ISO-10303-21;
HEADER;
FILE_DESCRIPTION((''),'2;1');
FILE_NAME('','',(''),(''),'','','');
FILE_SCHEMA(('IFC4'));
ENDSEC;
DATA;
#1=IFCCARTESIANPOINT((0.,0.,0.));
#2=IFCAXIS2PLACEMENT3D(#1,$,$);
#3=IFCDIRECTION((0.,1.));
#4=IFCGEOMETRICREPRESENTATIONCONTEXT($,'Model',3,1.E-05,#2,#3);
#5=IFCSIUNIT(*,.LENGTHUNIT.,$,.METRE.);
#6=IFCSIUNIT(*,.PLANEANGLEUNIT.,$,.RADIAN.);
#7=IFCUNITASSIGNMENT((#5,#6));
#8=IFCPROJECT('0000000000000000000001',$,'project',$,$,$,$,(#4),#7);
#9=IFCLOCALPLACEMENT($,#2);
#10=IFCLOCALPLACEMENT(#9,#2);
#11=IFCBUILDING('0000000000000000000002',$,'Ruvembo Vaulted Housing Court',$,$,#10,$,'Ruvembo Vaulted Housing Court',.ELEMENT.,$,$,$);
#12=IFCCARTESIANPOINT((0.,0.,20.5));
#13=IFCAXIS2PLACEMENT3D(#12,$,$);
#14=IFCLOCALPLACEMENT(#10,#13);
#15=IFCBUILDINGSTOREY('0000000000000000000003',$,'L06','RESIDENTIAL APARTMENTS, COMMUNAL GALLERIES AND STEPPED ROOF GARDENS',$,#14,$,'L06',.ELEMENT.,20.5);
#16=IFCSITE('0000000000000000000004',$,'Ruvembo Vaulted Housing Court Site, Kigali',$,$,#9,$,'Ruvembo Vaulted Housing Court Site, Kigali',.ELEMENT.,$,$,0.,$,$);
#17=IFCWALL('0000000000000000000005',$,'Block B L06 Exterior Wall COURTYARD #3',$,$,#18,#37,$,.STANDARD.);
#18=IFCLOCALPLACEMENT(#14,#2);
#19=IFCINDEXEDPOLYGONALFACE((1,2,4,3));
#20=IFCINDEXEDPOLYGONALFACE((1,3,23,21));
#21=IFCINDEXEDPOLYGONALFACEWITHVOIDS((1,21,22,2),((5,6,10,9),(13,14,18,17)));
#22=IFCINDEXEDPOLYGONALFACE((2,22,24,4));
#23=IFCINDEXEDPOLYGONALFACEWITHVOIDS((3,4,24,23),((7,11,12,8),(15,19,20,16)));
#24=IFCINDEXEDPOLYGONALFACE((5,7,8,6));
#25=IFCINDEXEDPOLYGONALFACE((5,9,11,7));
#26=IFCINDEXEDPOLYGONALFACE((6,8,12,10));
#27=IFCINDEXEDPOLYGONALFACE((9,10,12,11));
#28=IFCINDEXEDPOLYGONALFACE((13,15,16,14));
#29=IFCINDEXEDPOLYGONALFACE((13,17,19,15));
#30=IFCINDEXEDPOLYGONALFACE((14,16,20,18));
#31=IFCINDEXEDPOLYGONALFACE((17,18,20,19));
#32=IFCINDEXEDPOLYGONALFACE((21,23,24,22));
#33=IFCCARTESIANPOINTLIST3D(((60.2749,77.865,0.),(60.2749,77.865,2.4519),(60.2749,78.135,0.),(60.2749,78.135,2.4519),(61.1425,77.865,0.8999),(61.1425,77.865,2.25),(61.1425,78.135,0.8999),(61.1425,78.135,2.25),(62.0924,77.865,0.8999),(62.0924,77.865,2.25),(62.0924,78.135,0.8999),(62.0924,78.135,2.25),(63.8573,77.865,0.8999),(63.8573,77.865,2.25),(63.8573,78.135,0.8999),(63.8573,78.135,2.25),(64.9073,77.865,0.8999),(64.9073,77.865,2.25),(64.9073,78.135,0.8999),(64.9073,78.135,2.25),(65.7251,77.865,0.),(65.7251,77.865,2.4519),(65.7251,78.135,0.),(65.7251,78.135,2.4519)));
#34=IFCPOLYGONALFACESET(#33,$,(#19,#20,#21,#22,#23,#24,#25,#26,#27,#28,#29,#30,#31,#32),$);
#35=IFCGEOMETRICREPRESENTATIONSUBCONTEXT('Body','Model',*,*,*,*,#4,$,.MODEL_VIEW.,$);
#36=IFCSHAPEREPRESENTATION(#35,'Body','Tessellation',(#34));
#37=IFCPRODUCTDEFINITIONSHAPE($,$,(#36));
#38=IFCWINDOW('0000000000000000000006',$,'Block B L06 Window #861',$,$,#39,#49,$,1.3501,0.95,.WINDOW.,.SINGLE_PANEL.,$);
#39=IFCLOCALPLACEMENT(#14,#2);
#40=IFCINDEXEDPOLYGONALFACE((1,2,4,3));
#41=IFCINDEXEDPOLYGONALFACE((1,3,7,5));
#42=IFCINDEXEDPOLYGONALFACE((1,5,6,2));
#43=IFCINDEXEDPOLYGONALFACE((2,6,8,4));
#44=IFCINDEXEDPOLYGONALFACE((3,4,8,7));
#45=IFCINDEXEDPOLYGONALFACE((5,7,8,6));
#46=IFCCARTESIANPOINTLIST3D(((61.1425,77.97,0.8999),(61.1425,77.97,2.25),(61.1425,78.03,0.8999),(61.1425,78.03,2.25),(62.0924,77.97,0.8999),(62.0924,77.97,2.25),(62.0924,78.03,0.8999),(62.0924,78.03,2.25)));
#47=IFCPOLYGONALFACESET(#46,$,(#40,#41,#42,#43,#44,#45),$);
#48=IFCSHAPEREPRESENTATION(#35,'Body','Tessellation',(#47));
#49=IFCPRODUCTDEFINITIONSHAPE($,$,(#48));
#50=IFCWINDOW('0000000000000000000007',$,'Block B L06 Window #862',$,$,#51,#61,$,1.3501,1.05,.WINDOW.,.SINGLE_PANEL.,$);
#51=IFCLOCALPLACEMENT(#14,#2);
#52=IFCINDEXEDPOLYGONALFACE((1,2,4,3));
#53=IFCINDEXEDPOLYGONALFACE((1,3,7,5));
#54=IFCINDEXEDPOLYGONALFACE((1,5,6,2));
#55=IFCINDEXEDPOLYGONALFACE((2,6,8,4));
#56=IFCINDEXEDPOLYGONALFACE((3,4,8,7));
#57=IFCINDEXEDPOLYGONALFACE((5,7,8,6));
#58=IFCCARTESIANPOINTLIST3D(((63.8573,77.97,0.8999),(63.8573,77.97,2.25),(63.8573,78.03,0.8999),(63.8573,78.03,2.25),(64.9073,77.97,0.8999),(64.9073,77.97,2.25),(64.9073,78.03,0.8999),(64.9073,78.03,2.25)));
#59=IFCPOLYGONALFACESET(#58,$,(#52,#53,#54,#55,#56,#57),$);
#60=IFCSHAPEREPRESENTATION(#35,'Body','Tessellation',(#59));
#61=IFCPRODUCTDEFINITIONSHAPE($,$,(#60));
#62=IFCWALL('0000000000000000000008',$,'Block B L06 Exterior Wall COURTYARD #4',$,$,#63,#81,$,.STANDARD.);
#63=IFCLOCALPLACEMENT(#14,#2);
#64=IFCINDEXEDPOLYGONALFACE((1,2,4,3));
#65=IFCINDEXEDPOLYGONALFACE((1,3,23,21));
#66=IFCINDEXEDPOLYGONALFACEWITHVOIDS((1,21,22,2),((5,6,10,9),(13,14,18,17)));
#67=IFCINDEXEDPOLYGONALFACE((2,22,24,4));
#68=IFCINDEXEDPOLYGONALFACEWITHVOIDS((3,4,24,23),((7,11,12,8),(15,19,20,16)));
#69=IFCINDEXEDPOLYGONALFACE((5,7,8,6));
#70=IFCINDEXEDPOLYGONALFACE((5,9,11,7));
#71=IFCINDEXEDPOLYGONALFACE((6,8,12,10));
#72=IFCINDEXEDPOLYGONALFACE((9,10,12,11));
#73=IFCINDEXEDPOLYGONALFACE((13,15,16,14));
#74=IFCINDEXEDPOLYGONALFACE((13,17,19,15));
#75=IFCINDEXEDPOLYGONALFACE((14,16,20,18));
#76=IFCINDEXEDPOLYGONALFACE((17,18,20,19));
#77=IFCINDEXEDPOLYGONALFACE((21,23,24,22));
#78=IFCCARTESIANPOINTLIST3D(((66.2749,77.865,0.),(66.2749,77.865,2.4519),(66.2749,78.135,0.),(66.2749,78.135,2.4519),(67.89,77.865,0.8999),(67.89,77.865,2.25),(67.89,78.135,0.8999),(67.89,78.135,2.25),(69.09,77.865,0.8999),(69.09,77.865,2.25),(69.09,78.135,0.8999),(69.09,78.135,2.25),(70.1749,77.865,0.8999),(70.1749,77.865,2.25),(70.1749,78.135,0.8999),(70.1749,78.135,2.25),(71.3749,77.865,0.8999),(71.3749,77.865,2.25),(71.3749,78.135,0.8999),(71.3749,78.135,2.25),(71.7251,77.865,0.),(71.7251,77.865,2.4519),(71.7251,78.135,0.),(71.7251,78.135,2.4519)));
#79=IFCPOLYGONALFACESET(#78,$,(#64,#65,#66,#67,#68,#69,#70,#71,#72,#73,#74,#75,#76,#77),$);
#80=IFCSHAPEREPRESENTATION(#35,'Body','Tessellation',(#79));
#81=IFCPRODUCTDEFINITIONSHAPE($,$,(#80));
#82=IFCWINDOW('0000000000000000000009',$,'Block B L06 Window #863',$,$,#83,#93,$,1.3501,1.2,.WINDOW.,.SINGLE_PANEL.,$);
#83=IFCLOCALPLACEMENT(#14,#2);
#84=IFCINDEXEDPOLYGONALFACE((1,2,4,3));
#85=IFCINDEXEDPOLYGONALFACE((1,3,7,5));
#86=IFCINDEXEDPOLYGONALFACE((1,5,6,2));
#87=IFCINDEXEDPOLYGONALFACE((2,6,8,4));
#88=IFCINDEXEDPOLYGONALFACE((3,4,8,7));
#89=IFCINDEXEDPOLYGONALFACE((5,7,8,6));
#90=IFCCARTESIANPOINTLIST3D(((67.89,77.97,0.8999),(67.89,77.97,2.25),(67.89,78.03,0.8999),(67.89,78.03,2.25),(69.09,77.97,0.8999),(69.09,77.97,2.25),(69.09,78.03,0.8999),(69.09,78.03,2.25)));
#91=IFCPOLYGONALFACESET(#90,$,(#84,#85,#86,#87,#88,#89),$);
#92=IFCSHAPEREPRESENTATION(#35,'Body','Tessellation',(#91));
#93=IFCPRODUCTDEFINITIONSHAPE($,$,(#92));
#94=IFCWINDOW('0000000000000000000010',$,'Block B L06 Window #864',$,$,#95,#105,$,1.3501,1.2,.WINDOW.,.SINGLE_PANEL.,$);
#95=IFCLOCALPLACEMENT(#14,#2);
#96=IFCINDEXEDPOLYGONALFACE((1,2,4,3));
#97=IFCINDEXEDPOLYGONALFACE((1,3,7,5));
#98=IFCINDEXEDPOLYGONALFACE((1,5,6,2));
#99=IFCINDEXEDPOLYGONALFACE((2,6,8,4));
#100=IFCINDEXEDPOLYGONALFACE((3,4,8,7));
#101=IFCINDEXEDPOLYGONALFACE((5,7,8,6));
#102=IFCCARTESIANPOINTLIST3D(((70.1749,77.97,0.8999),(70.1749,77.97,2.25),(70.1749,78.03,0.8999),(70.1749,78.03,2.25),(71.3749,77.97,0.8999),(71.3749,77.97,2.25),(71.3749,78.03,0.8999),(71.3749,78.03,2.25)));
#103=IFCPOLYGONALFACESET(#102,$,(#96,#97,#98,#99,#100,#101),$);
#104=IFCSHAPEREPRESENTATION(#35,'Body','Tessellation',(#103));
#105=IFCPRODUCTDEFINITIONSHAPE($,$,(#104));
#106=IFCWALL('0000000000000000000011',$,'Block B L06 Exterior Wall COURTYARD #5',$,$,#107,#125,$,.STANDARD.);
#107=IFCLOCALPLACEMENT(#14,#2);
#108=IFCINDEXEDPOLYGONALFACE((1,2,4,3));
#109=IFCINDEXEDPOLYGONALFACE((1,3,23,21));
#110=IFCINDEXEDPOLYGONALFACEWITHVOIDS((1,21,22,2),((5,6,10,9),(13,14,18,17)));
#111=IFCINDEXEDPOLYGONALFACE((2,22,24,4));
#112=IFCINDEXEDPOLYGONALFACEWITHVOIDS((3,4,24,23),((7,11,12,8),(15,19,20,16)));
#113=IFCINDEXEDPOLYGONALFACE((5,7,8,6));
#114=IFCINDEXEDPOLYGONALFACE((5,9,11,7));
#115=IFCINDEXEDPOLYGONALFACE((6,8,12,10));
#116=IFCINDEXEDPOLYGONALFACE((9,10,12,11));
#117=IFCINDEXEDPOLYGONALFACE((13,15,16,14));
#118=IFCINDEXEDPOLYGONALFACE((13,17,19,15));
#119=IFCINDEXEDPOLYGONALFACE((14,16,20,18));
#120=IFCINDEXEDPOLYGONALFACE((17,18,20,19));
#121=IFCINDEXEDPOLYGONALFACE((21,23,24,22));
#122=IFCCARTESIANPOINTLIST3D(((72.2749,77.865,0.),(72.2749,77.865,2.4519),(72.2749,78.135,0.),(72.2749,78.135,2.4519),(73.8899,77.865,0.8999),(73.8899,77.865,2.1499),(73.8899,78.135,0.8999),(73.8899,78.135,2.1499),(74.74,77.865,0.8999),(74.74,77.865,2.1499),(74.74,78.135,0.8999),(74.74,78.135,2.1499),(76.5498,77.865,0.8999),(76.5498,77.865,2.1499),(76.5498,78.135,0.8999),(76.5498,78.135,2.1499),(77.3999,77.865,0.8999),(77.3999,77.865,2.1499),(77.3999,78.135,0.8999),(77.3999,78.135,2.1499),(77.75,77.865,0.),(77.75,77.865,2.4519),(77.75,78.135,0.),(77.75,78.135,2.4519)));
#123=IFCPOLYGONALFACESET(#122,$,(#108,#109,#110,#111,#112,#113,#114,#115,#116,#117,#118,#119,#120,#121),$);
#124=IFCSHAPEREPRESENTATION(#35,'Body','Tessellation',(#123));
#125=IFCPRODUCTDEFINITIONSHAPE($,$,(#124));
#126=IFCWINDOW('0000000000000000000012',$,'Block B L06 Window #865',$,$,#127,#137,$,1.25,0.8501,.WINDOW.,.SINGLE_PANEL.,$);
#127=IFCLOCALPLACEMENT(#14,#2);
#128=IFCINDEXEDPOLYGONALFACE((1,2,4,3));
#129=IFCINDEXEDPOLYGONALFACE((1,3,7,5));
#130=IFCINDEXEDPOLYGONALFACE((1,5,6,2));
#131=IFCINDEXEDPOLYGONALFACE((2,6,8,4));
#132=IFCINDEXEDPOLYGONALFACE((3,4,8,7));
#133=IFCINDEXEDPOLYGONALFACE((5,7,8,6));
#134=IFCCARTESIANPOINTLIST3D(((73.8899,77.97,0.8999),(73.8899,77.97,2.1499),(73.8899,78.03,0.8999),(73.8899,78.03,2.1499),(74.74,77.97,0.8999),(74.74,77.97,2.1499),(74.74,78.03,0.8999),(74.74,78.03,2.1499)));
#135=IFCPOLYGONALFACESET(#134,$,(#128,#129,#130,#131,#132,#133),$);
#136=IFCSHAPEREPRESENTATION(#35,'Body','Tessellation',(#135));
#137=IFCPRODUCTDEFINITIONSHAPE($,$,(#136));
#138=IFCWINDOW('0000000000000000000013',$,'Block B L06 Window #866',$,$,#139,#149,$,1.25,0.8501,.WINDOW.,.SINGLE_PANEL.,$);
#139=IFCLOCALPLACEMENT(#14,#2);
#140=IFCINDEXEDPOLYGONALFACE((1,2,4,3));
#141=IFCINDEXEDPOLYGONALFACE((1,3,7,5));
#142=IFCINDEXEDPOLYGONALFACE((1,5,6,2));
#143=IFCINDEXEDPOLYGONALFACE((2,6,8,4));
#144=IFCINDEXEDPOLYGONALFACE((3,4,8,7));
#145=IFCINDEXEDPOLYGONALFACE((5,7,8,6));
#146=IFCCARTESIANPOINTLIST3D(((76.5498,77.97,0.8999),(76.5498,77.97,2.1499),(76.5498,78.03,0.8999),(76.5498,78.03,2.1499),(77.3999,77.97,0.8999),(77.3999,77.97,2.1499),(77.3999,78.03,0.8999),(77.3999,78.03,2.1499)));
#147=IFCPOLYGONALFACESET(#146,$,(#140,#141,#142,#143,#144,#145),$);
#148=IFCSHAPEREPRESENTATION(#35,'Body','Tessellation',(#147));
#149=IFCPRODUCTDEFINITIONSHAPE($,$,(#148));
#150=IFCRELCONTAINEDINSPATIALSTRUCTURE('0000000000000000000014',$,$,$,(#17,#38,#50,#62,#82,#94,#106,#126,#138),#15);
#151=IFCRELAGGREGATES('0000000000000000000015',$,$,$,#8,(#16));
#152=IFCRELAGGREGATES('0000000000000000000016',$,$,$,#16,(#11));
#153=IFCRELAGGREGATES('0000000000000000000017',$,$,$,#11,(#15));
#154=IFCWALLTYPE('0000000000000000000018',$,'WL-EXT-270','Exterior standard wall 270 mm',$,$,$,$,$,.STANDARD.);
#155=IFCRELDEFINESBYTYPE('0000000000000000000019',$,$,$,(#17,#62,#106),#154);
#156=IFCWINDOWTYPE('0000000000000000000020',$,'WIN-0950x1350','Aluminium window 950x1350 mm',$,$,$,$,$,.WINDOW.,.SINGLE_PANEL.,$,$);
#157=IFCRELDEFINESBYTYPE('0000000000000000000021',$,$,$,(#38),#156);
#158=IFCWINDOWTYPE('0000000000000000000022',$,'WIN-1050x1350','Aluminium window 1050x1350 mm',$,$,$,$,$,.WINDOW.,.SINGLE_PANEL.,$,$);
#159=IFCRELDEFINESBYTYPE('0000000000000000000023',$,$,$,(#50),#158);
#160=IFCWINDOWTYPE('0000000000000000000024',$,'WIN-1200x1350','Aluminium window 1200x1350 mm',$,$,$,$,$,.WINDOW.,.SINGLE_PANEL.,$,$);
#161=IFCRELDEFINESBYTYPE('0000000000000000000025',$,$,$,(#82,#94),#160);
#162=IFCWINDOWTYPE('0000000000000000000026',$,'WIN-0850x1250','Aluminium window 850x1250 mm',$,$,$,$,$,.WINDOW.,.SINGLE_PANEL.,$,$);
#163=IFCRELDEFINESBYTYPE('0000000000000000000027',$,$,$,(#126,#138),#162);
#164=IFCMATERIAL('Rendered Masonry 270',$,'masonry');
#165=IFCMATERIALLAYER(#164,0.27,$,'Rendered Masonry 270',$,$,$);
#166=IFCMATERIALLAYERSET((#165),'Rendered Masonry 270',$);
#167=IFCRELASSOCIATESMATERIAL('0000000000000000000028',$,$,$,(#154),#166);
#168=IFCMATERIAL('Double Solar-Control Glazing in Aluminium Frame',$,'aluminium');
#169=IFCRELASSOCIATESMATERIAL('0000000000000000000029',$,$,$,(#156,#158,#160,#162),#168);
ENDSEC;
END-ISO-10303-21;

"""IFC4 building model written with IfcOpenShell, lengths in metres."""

from ifc_helpers import new_model, si_unit, direction, frame, frame_2d, origin, place, context, subcontext, project, spatial, rectangle, extrude, material, layer, layer_set, type_object, element, fill, save


model = new_model("IFC4")

# Units and contexts
model_context = context("Model", 3, precision=1e-05, world=origin(), true_north=direction((0.0, 1.0)))
body_context = subcontext(model_context, "Body", "Model", "MODEL_VIEW")
ifc_project = project(units=[si_unit("LENGTHUNIT", "METRE"), si_unit("PLANEANGLEUNIT", "RADIAN")], contexts=[model_context])

# Site, building, storey
site_placement = place(None, origin())
site = spatial("IfcSite", under=ifc_project, at=site_placement, Name="Ruvembo Vaulted Housing Court Site, Kigali", LongName="Ruvembo Vaulted Housing Court Site, Kigali", CompositionType="ELEMENT", RefElevation=0.0)
building_placement = place(site_placement, origin())
building = spatial("IfcBuilding", under=site, at=building_placement, Name="Ruvembo Vaulted Housing Court", LongName="Ruvembo Vaulted Housing Court", CompositionType="ELEMENT")
storey_placement = place(building_placement, frame((0.0, 0.0, 20.5)))
storey = spatial("IfcBuildingStorey", under=building, at=storey_placement, Name="L06", Description="RESIDENTIAL APARTMENTS, COMMUNAL GALLERIES AND STEPPED ROOF GARDENS", LongName="L06", CompositionType="ELEMENT", Elevation=20.5)

# Walls, openings, windows
ifc_material_1 = material(Name="Rendered Masonry 270", Category="masonry")
ifc_layer_1 = layer(ifc_material_1, 0.27, Name="Rendered Masonry 270")
ifc_layer_set_1 = layer_set([ifc_layer_1], Name="Rendered Masonry 270")
wall_type_1 = type_object("IfcWallType", Name="WL-EXT-270", Description="Exterior standard wall 270 mm", PredefinedType="STANDARD", material=ifc_layer_set_1)
wall_1_placement = place(storey_placement, frame((60.2749, 78.0, 0.0), z_axis=(0.0, 0.0, 1.0), x_axis=(1.0, 0.0, 0.0)))
wall_1 = element("IfcWall", 1, at=wall_1_placement, inside=storey, type_object=wall_type_1, Name="Block B L06 Exterior Wall COURTYARD #3", PredefinedType="STANDARD", context=body_context, shape_type="SweptSolid", body=[
    extrude(rectangle(XDim=5.4502, YDim=0.27, at=frame_2d((2.7251, 0.0))), origin(), (0.0, 0.0, 1.0), 2.4519),
])
opening_1_placement = place(wall_1_placement, frame((0.8674, 0.0, 0.8999)))
opening_1 = element("IfcOpeningElement", 2, at=opening_1_placement, cuts=wall_1, PredefinedType="OPENING", context=body_context, shape_type="SweptSolid", body=[
    extrude(rectangle(XDim=0.95, YDim=1.3501, at=frame_2d((0.4751, 0.675))), frame((0.0, 0.145, 0.0), z_axis=(0.0, -1.0, 0.0), x_axis=(1.0, 0.0, 0.0)), (0.0, 0.0, 1.0), 0.29),
])
opening_2_placement = place(wall_1_placement, frame((3.5825, 0.0, 0.8999)))
opening_2 = element("IfcOpeningElement", 3, at=opening_2_placement, cuts=wall_1, PredefinedType="OPENING", context=body_context, shape_type="SweptSolid", body=[
    extrude(rectangle(XDim=1.05, YDim=1.3501, at=frame_2d((0.5249, 0.675))), frame((0.0, 0.145, 0.0), z_axis=(0.0, -1.0, 0.0), x_axis=(1.0, 0.0, 0.0)), (0.0, 0.0, 1.0), 0.29),
])
ifc_material_2 = material(Name="Double Solar-Control Glazing in Aluminium Frame", Category="aluminium")
window_type_1 = type_object("IfcWindowType", Name="WIN-0950x1350", Description="Aluminium window 950x1350 mm", PartitioningType="SINGLE_PANEL", PredefinedType="WINDOW", material=ifc_material_2)
window_1_placement = place(opening_1_placement, origin())
window_1 = element("IfcWindow", 4, at=window_1_placement, inside=storey, type_object=window_type_1, Name="Block B L06 Window #861", OverallHeight=1.3501, OverallWidth=0.95, PartitioningType="SINGLE_PANEL", PredefinedType="WINDOW", context=body_context, shape_type="SweptSolid", body=[
    extrude(rectangle(XDim=0.95, YDim=1.3501, at=frame_2d((0.4751, 0.675))), frame((0.0, 0.03, 0.0), z_axis=(0.0, -1.0, 0.0), x_axis=(1.0, 0.0, 0.0)), (0.0, 0.0, 1.0), 0.0601),
])
fill(opening_1, window_1)
window_type_2 = type_object("IfcWindowType", Name="WIN-1050x1350", Description="Aluminium window 1050x1350 mm", PartitioningType="SINGLE_PANEL", PredefinedType="WINDOW", material=ifc_material_2)
window_2_placement = place(opening_2_placement, origin())
window_2 = element("IfcWindow", 5, at=window_2_placement, inside=storey, type_object=window_type_2, Name="Block B L06 Window #862", OverallHeight=1.3501, OverallWidth=1.05, PartitioningType="SINGLE_PANEL", PredefinedType="WINDOW", context=body_context, shape_type="SweptSolid", body=[
    extrude(rectangle(XDim=1.05, YDim=1.3501, at=frame_2d((0.5249, 0.675))), frame((0.0, 0.03, 0.0), z_axis=(0.0, -1.0, 0.0), x_axis=(1.0, 0.0, 0.0)), (0.0, 0.0, 1.0), 0.0601),
])
fill(opening_2, window_2)
wall_2_placement = place(storey_placement, frame((66.2749, 78.0, 0.0), z_axis=(0.0, 0.0, 1.0), x_axis=(1.0, 0.0, 0.0)))
wall_2 = element("IfcWall", 6, at=wall_2_placement, inside=storey, type_object=wall_type_1, Name="Block B L06 Exterior Wall COURTYARD #4", PredefinedType="STANDARD", context=body_context, shape_type="SweptSolid", body=[
    extrude(rectangle(XDim=5.4502, YDim=0.27, at=frame_2d((2.7251, 0.0))), origin(), (0.0, 0.0, 1.0), 2.4519),
])
opening_3_placement = place(wall_2_placement, frame((1.615, 0.0, 0.8999)))
opening_3 = element("IfcOpeningElement", 7, at=opening_3_placement, cuts=wall_2, PredefinedType="OPENING", context=body_context, shape_type="SweptSolid", body=[
    extrude(rectangle(XDim=1.2, YDim=1.3501, at=frame_2d((0.6001, 0.675))), frame((0.0, 0.145, 0.0), z_axis=(0.0, -1.0, 0.0), x_axis=(1.0, 0.0, 0.0)), (0.0, 0.0, 1.0), 0.29),
])
opening_4_placement = place(wall_2_placement, frame((3.8999, 0.0, 0.8999)))
opening_4 = element("IfcOpeningElement", 8, at=opening_4_placement, cuts=wall_2, PredefinedType="OPENING", context=body_context, shape_type="SweptSolid", body=[
    extrude(rectangle(XDim=1.2, YDim=1.3501, at=frame_2d((0.6001, 0.675))), frame((0.0, 0.145, 0.0), z_axis=(0.0, -1.0, 0.0), x_axis=(1.0, 0.0, 0.0)), (0.0, 0.0, 1.0), 0.29),
])
window_type_3 = type_object("IfcWindowType", Name="WIN-1200x1350", Description="Aluminium window 1200x1350 mm", PartitioningType="SINGLE_PANEL", PredefinedType="WINDOW", material=ifc_material_2)
window_3_placement = place(opening_3_placement, origin())
window_3 = element("IfcWindow", 9, at=window_3_placement, inside=storey, type_object=window_type_3, Name="Block B L06 Window #863", OverallHeight=1.3501, OverallWidth=1.2, PartitioningType="SINGLE_PANEL", PredefinedType="WINDOW", context=body_context, shape_type="SweptSolid", body=[
    extrude(rectangle(XDim=1.2, YDim=1.3501, at=frame_2d((0.6001, 0.675))), frame((0.0, 0.03, 0.0), z_axis=(0.0, -1.0, 0.0), x_axis=(1.0, 0.0, 0.0)), (0.0, 0.0, 1.0), 0.0601),
])
fill(opening_3, window_3)
window_4_placement = place(opening_4_placement, origin())
window_4 = element("IfcWindow", 10, at=window_4_placement, inside=storey, type_object=window_type_3, Name="Block B L06 Window #864", OverallHeight=1.3501, OverallWidth=1.2, PartitioningType="SINGLE_PANEL", PredefinedType="WINDOW", context=body_context, shape_type="SweptSolid", body=[
    extrude(rectangle(XDim=1.2, YDim=1.3501, at=frame_2d((0.6001, 0.675))), frame((0.0, 0.03, 0.0), z_axis=(0.0, -1.0, 0.0), x_axis=(1.0, 0.0, 0.0)), (0.0, 0.0, 1.0), 0.0601),
])
fill(opening_4, window_4)
wall_3_placement = place(storey_placement, frame((72.2749, 78.0, 0.0), z_axis=(0.0, 0.0, 1.0), x_axis=(1.0, 0.0, 0.0)))
wall_3 = element("IfcWall", 11, at=wall_3_placement, inside=storey, type_object=wall_type_1, Name="Block B L06 Exterior Wall COURTYARD #5", PredefinedType="STANDARD", context=body_context, shape_type="SweptSolid", body=[
    extrude(rectangle(XDim=5.4751, YDim=0.27, at=frame_2d((2.7375, 0.0))), origin(), (0.0, 0.0, 1.0), 2.4519),
])
opening_5_placement = place(wall_3_placement, frame((1.615, 0.0, 0.8999)))
opening_5 = element("IfcOpeningElement", 12, at=opening_5_placement, cuts=wall_3, PredefinedType="OPENING", context=body_context, shape_type="SweptSolid", body=[
    extrude(rectangle(XDim=0.8501, YDim=1.25, at=frame_2d((0.425, 0.625))), frame((0.0, 0.145, 0.0), z_axis=(0.0, -1.0, 0.0), x_axis=(1.0, 0.0, 0.0)), (0.0, 0.0, 1.0), 0.29),
])
opening_6_placement = place(wall_3_placement, frame((4.2749, 0.0, 0.8999)))
opening_6 = element("IfcOpeningElement", 13, at=opening_6_placement, cuts=wall_3, PredefinedType="OPENING", context=body_context, shape_type="SweptSolid", body=[
    extrude(rectangle(XDim=0.8501, YDim=1.25, at=frame_2d((0.425, 0.625))), frame((0.0, 0.145, 0.0), z_axis=(0.0, -1.0, 0.0), x_axis=(1.0, 0.0, 0.0)), (0.0, 0.0, 1.0), 0.29),
])
window_type_4 = type_object("IfcWindowType", Name="WIN-0850x1250", Description="Aluminium window 850x1250 mm", PartitioningType="SINGLE_PANEL", PredefinedType="WINDOW", material=ifc_material_2)
window_5_placement = place(opening_5_placement, origin())
window_5 = element("IfcWindow", 14, at=window_5_placement, inside=storey, type_object=window_type_4, Name="Block B L06 Window #865", OverallHeight=1.25, OverallWidth=0.8501, PartitioningType="SINGLE_PANEL", PredefinedType="WINDOW", context=body_context, shape_type="SweptSolid", body=[
    extrude(rectangle(XDim=0.8501, YDim=1.25, at=frame_2d((0.425, 0.625))), frame((0.0, 0.03, 0.0), z_axis=(0.0, -1.0, 0.0), x_axis=(1.0, 0.0, 0.0)), (0.0, 0.0, 1.0), 0.0601),
])
fill(opening_5, window_5)
window_6_placement = place(opening_6_placement, origin())
window_6 = element("IfcWindow", 15, at=window_6_placement, inside=storey, type_object=window_type_4, Name="Block B L06 Window #866", OverallHeight=1.25, OverallWidth=0.8501, PartitioningType="SINGLE_PANEL", PredefinedType="WINDOW", context=body_context, shape_type="SweptSolid", body=[
    extrude(rectangle(XDim=0.8501, YDim=1.25, at=frame_2d((0.425, 0.625))), frame((0.0, 0.03, 0.0), z_axis=(0.0, -1.0, 0.0), x_axis=(1.0, 0.0, 0.0)), (0.0, 0.0, 1.0), 0.0601),
])
fill(opening_6, window_6)

save(model, "model.ifc")
